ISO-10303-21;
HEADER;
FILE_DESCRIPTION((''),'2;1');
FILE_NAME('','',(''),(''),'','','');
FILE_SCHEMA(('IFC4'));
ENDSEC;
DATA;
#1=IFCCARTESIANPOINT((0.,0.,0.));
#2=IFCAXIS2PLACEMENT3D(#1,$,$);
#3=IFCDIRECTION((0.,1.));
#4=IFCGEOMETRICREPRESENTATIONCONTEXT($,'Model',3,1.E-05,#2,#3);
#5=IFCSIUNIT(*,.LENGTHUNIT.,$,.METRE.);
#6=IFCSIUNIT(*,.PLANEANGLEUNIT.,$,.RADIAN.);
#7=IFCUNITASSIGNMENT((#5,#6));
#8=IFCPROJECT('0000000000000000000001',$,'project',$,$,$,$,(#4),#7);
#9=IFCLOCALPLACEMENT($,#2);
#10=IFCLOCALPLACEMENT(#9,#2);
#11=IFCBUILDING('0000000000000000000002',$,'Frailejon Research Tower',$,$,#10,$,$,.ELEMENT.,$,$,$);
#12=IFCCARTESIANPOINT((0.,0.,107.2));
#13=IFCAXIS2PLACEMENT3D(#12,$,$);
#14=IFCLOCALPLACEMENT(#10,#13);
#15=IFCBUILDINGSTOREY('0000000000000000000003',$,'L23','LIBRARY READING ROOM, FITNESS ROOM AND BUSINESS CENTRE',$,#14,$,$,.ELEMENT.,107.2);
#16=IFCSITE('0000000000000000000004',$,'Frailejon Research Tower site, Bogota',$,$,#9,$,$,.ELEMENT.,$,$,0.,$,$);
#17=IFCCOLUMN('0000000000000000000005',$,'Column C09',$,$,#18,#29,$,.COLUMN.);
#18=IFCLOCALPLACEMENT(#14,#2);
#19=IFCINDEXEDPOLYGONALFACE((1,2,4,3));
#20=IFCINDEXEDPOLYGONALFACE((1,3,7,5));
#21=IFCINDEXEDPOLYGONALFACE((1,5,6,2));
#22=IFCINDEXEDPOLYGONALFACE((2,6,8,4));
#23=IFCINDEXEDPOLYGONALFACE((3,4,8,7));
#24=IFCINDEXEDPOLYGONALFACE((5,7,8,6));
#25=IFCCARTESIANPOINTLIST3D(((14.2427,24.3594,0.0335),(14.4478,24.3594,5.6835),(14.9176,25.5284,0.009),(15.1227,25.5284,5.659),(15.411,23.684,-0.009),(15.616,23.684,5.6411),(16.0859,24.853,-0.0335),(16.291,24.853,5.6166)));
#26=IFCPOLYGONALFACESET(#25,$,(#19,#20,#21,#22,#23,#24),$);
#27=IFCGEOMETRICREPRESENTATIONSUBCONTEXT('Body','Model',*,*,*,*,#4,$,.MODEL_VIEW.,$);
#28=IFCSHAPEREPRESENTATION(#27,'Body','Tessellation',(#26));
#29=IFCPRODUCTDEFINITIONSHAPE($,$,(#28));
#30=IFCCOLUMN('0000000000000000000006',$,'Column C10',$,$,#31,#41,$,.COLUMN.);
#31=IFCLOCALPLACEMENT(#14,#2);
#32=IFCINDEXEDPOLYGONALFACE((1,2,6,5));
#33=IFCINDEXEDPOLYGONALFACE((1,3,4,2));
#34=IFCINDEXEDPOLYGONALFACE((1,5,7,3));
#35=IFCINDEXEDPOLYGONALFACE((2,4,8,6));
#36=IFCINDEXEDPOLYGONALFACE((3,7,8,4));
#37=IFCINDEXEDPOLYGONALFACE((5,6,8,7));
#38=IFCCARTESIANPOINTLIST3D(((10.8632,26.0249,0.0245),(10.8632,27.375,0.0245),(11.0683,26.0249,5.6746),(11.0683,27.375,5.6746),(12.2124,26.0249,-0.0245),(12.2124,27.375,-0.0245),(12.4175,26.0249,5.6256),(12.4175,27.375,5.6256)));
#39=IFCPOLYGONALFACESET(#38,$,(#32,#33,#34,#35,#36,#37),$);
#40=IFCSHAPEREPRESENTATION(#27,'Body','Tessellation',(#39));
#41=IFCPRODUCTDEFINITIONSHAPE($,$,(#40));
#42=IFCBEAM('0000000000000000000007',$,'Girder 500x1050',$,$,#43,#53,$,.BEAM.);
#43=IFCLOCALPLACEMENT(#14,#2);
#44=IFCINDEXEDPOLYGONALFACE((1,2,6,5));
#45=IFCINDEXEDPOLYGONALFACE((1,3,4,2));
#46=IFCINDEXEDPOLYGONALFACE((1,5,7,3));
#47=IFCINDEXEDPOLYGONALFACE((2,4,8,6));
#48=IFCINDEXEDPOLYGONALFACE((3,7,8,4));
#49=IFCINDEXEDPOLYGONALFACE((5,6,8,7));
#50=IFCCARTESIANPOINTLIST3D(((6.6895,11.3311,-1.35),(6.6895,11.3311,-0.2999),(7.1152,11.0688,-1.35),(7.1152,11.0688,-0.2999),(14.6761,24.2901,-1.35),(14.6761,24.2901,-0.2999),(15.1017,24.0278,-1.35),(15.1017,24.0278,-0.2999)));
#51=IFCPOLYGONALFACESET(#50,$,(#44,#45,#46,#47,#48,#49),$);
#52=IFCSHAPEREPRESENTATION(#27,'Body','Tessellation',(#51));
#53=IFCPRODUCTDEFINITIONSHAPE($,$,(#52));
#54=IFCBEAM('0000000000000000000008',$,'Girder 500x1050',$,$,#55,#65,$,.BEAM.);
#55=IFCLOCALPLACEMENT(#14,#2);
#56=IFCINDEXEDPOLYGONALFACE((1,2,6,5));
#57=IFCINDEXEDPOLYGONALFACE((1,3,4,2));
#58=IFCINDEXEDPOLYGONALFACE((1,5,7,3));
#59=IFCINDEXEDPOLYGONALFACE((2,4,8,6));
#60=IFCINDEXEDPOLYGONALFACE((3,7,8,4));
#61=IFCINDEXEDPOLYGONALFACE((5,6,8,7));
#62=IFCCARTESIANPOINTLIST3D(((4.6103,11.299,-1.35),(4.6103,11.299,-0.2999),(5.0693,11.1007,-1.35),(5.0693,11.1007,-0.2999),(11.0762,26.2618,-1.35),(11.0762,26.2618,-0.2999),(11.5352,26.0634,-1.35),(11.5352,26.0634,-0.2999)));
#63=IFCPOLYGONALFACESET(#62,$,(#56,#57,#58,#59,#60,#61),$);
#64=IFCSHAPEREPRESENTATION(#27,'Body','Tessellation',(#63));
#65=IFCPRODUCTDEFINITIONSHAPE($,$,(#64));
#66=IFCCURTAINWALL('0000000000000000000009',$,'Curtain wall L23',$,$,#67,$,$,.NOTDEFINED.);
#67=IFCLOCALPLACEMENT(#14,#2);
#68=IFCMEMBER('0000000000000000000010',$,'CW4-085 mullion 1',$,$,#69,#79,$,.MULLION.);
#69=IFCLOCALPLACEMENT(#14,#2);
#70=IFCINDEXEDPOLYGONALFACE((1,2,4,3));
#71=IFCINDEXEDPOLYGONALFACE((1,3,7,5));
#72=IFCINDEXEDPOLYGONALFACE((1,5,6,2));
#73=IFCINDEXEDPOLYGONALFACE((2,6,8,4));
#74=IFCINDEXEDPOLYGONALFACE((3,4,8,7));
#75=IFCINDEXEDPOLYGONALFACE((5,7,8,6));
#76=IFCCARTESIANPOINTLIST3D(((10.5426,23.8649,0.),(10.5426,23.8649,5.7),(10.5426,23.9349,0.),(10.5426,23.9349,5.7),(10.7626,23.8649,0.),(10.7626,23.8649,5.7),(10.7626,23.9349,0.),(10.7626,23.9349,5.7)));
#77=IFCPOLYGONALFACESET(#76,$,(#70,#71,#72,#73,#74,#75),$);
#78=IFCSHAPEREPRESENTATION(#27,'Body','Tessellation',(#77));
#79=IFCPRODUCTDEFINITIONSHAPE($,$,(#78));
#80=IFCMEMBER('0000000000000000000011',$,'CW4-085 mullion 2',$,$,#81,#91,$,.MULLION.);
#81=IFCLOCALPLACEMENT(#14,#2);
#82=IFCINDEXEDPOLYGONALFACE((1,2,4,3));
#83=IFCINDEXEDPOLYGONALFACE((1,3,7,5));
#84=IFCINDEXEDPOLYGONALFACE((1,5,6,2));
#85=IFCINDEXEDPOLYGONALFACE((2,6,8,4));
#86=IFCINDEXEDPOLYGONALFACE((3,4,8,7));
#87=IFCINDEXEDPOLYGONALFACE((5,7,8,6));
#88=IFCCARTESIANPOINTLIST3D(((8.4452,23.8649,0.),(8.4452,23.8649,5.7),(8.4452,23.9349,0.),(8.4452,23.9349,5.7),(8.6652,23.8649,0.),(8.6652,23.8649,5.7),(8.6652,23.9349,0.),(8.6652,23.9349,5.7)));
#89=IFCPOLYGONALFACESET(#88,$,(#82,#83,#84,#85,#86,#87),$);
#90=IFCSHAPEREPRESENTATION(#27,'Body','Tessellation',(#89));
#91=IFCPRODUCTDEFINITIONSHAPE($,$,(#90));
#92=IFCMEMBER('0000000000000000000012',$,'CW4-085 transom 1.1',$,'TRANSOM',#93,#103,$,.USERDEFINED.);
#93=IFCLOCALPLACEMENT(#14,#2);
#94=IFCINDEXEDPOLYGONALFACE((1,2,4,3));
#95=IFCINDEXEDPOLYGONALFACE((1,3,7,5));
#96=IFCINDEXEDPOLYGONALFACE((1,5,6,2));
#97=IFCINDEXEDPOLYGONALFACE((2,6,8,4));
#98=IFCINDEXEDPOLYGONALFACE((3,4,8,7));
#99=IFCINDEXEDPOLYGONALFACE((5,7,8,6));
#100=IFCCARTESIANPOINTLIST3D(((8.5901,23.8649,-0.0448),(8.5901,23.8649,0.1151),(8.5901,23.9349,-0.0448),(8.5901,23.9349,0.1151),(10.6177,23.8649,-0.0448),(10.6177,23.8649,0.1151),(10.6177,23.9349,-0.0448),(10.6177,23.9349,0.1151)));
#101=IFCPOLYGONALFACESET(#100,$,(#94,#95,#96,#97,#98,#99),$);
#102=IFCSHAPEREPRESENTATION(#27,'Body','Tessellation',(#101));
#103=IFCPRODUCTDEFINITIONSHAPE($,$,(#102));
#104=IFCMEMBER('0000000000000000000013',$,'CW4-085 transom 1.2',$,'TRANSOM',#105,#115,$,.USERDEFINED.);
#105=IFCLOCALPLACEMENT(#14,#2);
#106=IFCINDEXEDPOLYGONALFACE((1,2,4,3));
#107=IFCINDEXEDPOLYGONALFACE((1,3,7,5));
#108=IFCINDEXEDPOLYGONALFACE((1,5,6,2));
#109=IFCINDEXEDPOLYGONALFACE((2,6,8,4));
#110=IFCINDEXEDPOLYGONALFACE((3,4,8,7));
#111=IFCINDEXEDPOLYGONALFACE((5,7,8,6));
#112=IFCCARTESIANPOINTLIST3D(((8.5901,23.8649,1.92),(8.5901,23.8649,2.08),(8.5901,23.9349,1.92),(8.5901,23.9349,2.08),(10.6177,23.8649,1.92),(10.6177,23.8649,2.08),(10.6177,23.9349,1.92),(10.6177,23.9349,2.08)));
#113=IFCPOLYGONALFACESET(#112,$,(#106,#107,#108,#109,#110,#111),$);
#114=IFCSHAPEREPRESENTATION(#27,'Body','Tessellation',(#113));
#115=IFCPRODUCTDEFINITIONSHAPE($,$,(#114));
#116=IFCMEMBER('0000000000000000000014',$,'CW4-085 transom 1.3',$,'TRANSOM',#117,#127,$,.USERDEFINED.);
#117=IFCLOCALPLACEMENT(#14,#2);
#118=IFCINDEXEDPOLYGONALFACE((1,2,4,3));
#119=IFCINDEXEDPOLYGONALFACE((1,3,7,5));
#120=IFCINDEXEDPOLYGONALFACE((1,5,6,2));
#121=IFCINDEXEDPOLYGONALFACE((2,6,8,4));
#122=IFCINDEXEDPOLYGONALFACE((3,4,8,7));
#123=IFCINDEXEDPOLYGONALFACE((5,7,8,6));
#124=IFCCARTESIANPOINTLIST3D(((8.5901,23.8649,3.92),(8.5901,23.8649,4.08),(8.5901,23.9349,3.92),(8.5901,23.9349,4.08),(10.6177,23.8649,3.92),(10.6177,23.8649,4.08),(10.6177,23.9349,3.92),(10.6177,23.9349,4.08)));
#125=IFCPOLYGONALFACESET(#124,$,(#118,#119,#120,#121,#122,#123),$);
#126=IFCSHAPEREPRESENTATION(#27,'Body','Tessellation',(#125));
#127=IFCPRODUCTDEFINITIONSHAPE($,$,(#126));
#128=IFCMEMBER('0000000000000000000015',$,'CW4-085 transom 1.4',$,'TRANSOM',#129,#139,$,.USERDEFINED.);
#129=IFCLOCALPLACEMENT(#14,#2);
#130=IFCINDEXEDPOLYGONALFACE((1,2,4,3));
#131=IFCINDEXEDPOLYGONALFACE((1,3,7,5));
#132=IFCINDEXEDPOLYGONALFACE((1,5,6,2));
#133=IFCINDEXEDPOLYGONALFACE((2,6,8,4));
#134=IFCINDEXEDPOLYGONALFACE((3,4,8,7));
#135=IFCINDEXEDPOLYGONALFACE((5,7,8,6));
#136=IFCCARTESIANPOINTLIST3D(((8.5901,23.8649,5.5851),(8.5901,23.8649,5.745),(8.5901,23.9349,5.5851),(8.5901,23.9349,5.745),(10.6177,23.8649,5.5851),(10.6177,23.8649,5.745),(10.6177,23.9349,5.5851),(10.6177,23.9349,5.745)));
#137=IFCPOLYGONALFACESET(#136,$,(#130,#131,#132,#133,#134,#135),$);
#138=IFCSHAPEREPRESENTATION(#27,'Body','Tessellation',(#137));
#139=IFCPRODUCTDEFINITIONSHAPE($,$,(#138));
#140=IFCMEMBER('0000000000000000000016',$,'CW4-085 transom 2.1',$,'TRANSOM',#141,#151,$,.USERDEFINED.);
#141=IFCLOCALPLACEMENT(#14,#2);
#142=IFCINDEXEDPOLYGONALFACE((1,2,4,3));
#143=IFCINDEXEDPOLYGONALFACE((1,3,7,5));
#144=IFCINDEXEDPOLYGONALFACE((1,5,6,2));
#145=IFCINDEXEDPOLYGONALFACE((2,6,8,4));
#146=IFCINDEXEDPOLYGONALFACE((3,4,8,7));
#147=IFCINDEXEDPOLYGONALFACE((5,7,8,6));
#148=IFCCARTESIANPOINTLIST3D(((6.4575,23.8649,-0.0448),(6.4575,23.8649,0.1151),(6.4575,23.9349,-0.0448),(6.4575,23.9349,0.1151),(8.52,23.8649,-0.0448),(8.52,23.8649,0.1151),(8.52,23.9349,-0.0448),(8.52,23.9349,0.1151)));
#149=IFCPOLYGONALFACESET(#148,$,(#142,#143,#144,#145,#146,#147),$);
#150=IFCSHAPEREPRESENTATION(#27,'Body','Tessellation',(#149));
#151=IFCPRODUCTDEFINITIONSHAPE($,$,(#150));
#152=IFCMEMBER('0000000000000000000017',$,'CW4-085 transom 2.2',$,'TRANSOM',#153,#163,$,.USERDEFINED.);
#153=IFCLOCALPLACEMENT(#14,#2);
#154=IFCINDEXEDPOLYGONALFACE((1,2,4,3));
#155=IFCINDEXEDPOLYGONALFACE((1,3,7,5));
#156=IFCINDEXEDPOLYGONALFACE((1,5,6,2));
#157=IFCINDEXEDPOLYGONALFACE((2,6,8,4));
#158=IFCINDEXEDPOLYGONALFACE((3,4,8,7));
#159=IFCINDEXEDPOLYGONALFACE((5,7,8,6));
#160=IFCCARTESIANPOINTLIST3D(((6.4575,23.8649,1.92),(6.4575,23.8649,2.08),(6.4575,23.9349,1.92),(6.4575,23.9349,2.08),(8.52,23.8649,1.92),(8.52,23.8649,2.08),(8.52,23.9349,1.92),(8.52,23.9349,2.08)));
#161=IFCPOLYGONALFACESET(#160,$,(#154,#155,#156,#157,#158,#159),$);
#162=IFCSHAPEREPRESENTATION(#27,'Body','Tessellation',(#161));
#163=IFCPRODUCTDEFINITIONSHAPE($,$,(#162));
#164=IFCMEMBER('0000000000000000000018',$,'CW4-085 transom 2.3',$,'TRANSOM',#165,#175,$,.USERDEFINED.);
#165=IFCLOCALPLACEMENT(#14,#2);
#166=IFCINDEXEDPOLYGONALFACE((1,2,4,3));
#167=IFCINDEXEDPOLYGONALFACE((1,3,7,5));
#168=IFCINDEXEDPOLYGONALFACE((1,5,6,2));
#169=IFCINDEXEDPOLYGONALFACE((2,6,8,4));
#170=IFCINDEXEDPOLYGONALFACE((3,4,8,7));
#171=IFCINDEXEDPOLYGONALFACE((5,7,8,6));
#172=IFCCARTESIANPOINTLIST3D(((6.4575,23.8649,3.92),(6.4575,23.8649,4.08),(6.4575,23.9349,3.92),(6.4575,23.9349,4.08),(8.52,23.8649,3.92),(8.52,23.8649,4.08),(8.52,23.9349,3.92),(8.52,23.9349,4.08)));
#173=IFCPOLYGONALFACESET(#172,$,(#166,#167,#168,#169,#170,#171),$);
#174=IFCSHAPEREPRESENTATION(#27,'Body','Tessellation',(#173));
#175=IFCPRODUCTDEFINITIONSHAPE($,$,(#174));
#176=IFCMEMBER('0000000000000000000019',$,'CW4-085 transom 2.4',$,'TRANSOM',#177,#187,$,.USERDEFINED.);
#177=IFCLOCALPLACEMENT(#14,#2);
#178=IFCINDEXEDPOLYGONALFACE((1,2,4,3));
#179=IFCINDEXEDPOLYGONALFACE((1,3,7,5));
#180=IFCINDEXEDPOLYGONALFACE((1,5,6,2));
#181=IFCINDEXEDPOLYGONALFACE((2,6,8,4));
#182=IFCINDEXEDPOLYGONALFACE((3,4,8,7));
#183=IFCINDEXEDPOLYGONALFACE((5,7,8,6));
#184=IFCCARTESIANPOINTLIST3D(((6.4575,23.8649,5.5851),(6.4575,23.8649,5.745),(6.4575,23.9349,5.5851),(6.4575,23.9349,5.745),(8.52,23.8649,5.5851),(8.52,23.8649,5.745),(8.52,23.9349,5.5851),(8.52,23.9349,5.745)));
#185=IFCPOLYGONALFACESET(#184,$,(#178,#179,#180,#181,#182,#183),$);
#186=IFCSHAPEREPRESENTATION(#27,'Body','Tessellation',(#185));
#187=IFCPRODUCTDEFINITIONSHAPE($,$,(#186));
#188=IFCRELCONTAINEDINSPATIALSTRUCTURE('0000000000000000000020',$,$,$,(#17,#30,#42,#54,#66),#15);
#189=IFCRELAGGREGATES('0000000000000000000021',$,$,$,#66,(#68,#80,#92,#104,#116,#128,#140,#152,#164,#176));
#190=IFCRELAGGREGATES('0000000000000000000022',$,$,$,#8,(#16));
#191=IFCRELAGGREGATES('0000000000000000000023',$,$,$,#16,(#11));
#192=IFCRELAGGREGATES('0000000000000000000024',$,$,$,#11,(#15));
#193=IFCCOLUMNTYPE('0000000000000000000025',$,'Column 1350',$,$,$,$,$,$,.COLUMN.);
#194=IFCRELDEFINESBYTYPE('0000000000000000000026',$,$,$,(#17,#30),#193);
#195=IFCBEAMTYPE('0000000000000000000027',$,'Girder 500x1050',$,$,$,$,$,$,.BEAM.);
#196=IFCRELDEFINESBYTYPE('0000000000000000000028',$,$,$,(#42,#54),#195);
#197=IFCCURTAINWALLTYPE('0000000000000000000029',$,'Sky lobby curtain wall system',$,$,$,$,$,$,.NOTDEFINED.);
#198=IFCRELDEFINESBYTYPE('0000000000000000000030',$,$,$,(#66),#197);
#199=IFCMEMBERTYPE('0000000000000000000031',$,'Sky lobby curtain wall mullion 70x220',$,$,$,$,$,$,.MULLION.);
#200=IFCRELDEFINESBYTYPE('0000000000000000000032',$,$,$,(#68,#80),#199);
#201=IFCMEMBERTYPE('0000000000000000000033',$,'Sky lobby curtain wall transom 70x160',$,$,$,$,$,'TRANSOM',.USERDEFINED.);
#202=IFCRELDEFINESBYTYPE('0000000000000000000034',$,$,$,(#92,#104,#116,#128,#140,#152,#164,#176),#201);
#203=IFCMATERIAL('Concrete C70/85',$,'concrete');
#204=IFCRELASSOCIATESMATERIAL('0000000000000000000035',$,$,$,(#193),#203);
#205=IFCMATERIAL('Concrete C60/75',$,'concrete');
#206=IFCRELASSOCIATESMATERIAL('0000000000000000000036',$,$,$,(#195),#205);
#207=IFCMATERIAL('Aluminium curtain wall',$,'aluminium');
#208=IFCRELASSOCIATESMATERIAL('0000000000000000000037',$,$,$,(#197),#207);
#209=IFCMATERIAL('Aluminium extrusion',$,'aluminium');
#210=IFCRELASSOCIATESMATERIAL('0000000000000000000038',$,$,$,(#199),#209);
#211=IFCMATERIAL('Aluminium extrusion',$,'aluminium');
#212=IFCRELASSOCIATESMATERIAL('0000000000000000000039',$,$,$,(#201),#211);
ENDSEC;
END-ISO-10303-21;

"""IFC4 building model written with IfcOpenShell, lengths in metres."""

from ifc_helpers import new_model, si_unit, direction, frame, origin, origin_2d, place, context, subcontext, project, spatial, rectangle, extrude, material, material_profile, profile_set, type_object, element, aggregate, save


model = new_model("IFC4")

# Units and contexts
model_context = context("Model", 3, precision=1e-05, world=origin(), true_north=direction((0.0, 1.0)))
body_context = subcontext(model_context, "Body", "Model", "MODEL_VIEW")
ifc_project = project(units=[si_unit("LENGTHUNIT", "METRE"), si_unit("PLANEANGLEUNIT", "RADIAN")], contexts=[model_context])

# Site, building, storey
site_placement = place(None, origin())
site = spatial("IfcSite", under=ifc_project, at=site_placement, Name="Frailejon Research Tower site, Bogota", CompositionType="ELEMENT", RefElevation=0.0)
building_placement = place(site_placement, origin())
building = spatial("IfcBuilding", under=site, at=building_placement, Name="Frailejon Research Tower", CompositionType="ELEMENT")
storey_placement = place(building_placement, frame((0.0, 0.0, 107.2)))
storey = spatial("IfcBuildingStorey", under=building, at=storey_placement, Name="L23", Description="LIBRARY READING ROOM, FITNESS ROOM AND BUSINESS CENTRE", CompositionType="ELEMENT", Elevation=107.2)

# Columns
ifc_material_1 = material(Name="Concrete C70/85", Category="concrete")
ifc_material_profile_1 = material_profile(ifc_material_1, rectangle(XDim=1.3501, YDim=1.3501, at=origin_2d()), Name="Column 1350")
ifc_profile_set_1 = profile_set([ifc_material_profile_1], Name="Concrete C70/85")
column_type = type_object("IfcColumnType", Name="Column 1350", PredefinedType="COLUMN", material=ifc_profile_set_1)
for number, where, z_axis, x_axis, name in (
    (1, (15.1643, 24.6062, 0.0), (0.036272, 0.0, 0.999342), (-0.865313, 0.500246, 0.031407), "Column C09"),
    (2, (11.5378, 26.7, 0.0), (0.036272, 0.0, 0.999342), (-0.999342, 0.0, 0.036272), "Column C10"),
):
    element("IfcColumn", number, at=place(storey_placement, frame(where, z_axis=z_axis, x_axis=x_axis)), inside=storey, type_object=column_type, Name=name, PredefinedType="COLUMN", context=body_context, shape_type="SweptSolid", body=[
        extrude(rectangle(XDim=1.3501, YDim=1.3501, at=origin_2d()), origin(), (0.0, 0.0, 1.0), 5.6538),
    ])

# Beams
ifc_material_2 = material(Name="Concrete C60/75", Category="concrete")
ifc_material_profile_2 = material_profile(ifc_material_2, rectangle(XDim=0.5, YDim=1.05, at=origin_2d()), Name="Girder 500x1050")
ifc_profile_set_2 = profile_set([ifc_material_profile_2], Name="Concrete C60/75")
beam_type_1 = type_object("IfcBeamType", Name="Girder 500x1050", PredefinedType="BEAM", material=ifc_profile_set_2)
beam_1_placement = place(storey_placement, frame((14.8889, 24.1589, -0.825), z_axis=(-0.52466, -0.851312, 0.0), x_axis=(0.851312, -0.52466, 0.0)))
element("IfcBeam", 3, at=beam_1_placement, inside=storey, type_object=beam_type_1, Name="Girder 500x1050", PredefinedType="BEAM", context=body_context, shape_type="SweptSolid", body=[
    extrude(rectangle(XDim=0.5, YDim=1.05, at=origin_2d()), origin(), (0.0, 0.0, 1.0), 15.2224),
])
beam_2_placement = place(storey_placement, frame((11.3057, 26.1626, -0.825), z_axis=(-0.396678, -0.917958, 0.0), x_axis=(0.917958, -0.396678, 0.0)))
element("IfcBeam", 4, at=beam_2_placement, inside=storey, type_object=beam_type_1, Name="Girder 500x1050", PredefinedType="BEAM", context=body_context, shape_type="SweptSolid", body=[
    extrude(rectangle(XDim=0.5, YDim=1.05, at=origin_2d()), origin(), (0.0, 0.0, 1.0), 16.3),
])

# Curtain wall, members
ifc_material_3 = material(Name="Aluminium curtain wall", Category="aluminium")
curtain_wall_type = type_object("IfcCurtainWallType", Name="Sky lobby curtain wall system", PredefinedType="NOTDEFINED", material=ifc_material_3)
curtain_wall_placement = place(storey_placement, origin())
curtain_wall = element("IfcCurtainWall", 5, at=curtain_wall_placement, inside=storey, type_object=curtain_wall_type, Name="Curtain wall L23", PredefinedType="NOTDEFINED")
ifc_material_4 = material(Name="Aluminium extrusion", Category="aluminium")
ifc_material_profile_3 = material_profile(ifc_material_4, rectangle(XDim=0.0701, YDim=0.22, at=origin_2d()), Name="Sky lobby curtain wall mullion 70x220")
ifc_profile_set_3 = profile_set([ifc_material_profile_3], Name="Aluminium extrusion")
member_type_1 = type_object("IfcMemberType", Name="Sky lobby curtain wall mullion 70x220", PredefinedType="MULLION", material=ifc_profile_set_3)
member_1_placement = place(storey_placement, frame((10.6526, 23.8999, 0.0), z_axis=(0.0, 0.0, 1.0), x_axis=(0.0, -1.0, 0.0)))
member_1 = element("IfcMember", 6, at=member_1_placement, type_object=member_type_1, Name="CW4-085 mullion 1", PredefinedType="MULLION", context=body_context, shape_type="SweptSolid", body=[
    extrude(rectangle(XDim=0.0701, YDim=0.22, at=origin_2d()), origin(), (0.0, 0.0, 1.0), 5.7),
])
member_2_placement = place(storey_placement, frame((8.5552, 23.8999, 0.0), z_axis=(0.0, 0.0, 1.0), x_axis=(0.0, -1.0, 0.0)))
member_2 = element("IfcMember", 7, at=member_2_placement, type_object=member_type_1, Name="CW4-085 mullion 2", PredefinedType="MULLION", context=body_context, shape_type="SweptSolid", body=[
    extrude(rectangle(XDim=0.0701, YDim=0.22, at=origin_2d()), origin(), (0.0, 0.0, 1.0), 5.7),
])
ifc_material_5 = material(Name="Aluminium extrusion", Category="aluminium")
ifc_material_profile_4 = material_profile(ifc_material_5, rectangle(XDim=0.0701, YDim=0.1599, at=origin_2d()), Name="Sky lobby curtain wall transom 70x160")
ifc_profile_set_4 = profile_set([ifc_material_profile_4], Name="Aluminium extrusion")
member_type_2 = type_object("IfcMemberType", Name="Sky lobby curtain wall transom 70x160", ElementType="TRANSOM", PredefinedType="USERDEFINED", material=ifc_profile_set_4)
member_3_placement = place(storey_placement, frame((10.6177, 23.8999, 0.0352), z_axis=(-1.0, 0.0, 0.0), x_axis=(0.0, -1.0, 0.0)))
member_3 = element("IfcMember", 8, at=member_3_placement, type_object=member_type_2, Name="CW4-085 transom 1.1", ObjectType="TRANSOM", PredefinedType="USERDEFINED", context=body_context, shape_type="SweptSolid", body=[
    extrude(rectangle(XDim=0.0701, YDim=0.1599, at=origin_2d()), origin(), (0.0, 0.0, 1.0), 2.0276),
])
member_4_placement = place(storey_placement, frame((10.6177, 23.8999, 2.0), z_axis=(-1.0, 0.0, 0.0), x_axis=(0.0, -1.0, 0.0)))
member_4 = element("IfcMember", 9, at=member_4_placement, type_object=member_type_2, Name="CW4-085 transom 1.2", ObjectType="TRANSOM", PredefinedType="USERDEFINED", context=body_context, shape_type="SweptSolid", body=[
    extrude(rectangle(XDim=0.0701, YDim=0.1599, at=origin_2d()), origin(), (0.0, 0.0, 1.0), 2.0276),
])
member_5_placement = place(storey_placement, frame((10.6177, 23.8999, 4.0), z_axis=(-1.0, 0.0, 0.0), x_axis=(0.0, -1.0, 0.0)))
member_5 = element("IfcMember", 10, at=member_5_placement, type_object=member_type_2, Name="CW4-085 transom 1.3", ObjectType="TRANSOM", PredefinedType="USERDEFINED", context=body_context, shape_type="SweptSolid", body=[
    extrude(rectangle(XDim=0.0701, YDim=0.1599, at=origin_2d()), origin(), (0.0, 0.0, 1.0), 2.0276),
])
member_6_placement = place(storey_placement, frame((10.6177, 23.8999, 5.665), z_axis=(-1.0, 0.0, 0.0), x_axis=(0.0, -1.0, 0.0)))
member_6 = element("IfcMember", 11, at=member_6_placement, type_object=member_type_2, Name="CW4-085 transom 1.4", ObjectType="TRANSOM", PredefinedType="USERDEFINED", context=body_context, shape_type="SweptSolid", body=[
    extrude(rectangle(XDim=0.0701, YDim=0.1599, at=origin_2d()), origin(), (0.0, 0.0, 1.0), 2.0276),
])
member_7_placement = place(storey_placement, frame((8.52, 23.8999, 0.0352), z_axis=(-1.0, 0.0, 0.0), x_axis=(0.0, -1.0, 0.0)))
member_7 = element("IfcMember", 12, at=member_7_placement, type_object=member_type_2, Name="CW4-085 transom 2.1", ObjectType="TRANSOM", PredefinedType="USERDEFINED", context=body_context, shape_type="SweptSolid", body=[
    extrude(rectangle(XDim=0.0701, YDim=0.1599, at=origin_2d()), origin(), (0.0, 0.0, 1.0), 2.0625),
])
member_8_placement = place(storey_placement, frame((8.52, 23.8999, 2.0), z_axis=(-1.0, 0.0, 0.0), x_axis=(0.0, -1.0, 0.0)))
member_8 = element("IfcMember", 13, at=member_8_placement, type_object=member_type_2, Name="CW4-085 transom 2.2", ObjectType="TRANSOM", PredefinedType="USERDEFINED", context=body_context, shape_type="SweptSolid", body=[
    extrude(rectangle(XDim=0.0701, YDim=0.1599, at=origin_2d()), origin(), (0.0, 0.0, 1.0), 2.0625),
])
member_9_placement = place(storey_placement, frame((8.52, 23.8999, 4.0), z_axis=(-1.0, 0.0, 0.0), x_axis=(0.0, -1.0, 0.0)))
member_9 = element("IfcMember", 14, at=member_9_placement, type_object=member_type_2, Name="CW4-085 transom 2.3", ObjectType="TRANSOM", PredefinedType="USERDEFINED", context=body_context, shape_type="SweptSolid", body=[
    extrude(rectangle(XDim=0.0701, YDim=0.1599, at=origin_2d()), origin(), (0.0, 0.0, 1.0), 2.0625),
])
member_10_placement = place(storey_placement, frame((8.52, 23.8999, 5.665), z_axis=(-1.0, 0.0, 0.0), x_axis=(0.0, -1.0, 0.0)))
member_10 = element("IfcMember", 15, at=member_10_placement, type_object=member_type_2, Name="CW4-085 transom 2.4", ObjectType="TRANSOM", PredefinedType="USERDEFINED", context=body_context, shape_type="SweptSolid", body=[
    extrude(rectangle(XDim=0.0701, YDim=0.1599, at=origin_2d()), origin(), (0.0, 0.0, 1.0), 2.0625),
])

aggregate(curtain_wall, [member_1, member_2, member_3, member_4, member_5, member_6, member_7, member_8, member_9, member_10])

save(model, "model.ifc")
